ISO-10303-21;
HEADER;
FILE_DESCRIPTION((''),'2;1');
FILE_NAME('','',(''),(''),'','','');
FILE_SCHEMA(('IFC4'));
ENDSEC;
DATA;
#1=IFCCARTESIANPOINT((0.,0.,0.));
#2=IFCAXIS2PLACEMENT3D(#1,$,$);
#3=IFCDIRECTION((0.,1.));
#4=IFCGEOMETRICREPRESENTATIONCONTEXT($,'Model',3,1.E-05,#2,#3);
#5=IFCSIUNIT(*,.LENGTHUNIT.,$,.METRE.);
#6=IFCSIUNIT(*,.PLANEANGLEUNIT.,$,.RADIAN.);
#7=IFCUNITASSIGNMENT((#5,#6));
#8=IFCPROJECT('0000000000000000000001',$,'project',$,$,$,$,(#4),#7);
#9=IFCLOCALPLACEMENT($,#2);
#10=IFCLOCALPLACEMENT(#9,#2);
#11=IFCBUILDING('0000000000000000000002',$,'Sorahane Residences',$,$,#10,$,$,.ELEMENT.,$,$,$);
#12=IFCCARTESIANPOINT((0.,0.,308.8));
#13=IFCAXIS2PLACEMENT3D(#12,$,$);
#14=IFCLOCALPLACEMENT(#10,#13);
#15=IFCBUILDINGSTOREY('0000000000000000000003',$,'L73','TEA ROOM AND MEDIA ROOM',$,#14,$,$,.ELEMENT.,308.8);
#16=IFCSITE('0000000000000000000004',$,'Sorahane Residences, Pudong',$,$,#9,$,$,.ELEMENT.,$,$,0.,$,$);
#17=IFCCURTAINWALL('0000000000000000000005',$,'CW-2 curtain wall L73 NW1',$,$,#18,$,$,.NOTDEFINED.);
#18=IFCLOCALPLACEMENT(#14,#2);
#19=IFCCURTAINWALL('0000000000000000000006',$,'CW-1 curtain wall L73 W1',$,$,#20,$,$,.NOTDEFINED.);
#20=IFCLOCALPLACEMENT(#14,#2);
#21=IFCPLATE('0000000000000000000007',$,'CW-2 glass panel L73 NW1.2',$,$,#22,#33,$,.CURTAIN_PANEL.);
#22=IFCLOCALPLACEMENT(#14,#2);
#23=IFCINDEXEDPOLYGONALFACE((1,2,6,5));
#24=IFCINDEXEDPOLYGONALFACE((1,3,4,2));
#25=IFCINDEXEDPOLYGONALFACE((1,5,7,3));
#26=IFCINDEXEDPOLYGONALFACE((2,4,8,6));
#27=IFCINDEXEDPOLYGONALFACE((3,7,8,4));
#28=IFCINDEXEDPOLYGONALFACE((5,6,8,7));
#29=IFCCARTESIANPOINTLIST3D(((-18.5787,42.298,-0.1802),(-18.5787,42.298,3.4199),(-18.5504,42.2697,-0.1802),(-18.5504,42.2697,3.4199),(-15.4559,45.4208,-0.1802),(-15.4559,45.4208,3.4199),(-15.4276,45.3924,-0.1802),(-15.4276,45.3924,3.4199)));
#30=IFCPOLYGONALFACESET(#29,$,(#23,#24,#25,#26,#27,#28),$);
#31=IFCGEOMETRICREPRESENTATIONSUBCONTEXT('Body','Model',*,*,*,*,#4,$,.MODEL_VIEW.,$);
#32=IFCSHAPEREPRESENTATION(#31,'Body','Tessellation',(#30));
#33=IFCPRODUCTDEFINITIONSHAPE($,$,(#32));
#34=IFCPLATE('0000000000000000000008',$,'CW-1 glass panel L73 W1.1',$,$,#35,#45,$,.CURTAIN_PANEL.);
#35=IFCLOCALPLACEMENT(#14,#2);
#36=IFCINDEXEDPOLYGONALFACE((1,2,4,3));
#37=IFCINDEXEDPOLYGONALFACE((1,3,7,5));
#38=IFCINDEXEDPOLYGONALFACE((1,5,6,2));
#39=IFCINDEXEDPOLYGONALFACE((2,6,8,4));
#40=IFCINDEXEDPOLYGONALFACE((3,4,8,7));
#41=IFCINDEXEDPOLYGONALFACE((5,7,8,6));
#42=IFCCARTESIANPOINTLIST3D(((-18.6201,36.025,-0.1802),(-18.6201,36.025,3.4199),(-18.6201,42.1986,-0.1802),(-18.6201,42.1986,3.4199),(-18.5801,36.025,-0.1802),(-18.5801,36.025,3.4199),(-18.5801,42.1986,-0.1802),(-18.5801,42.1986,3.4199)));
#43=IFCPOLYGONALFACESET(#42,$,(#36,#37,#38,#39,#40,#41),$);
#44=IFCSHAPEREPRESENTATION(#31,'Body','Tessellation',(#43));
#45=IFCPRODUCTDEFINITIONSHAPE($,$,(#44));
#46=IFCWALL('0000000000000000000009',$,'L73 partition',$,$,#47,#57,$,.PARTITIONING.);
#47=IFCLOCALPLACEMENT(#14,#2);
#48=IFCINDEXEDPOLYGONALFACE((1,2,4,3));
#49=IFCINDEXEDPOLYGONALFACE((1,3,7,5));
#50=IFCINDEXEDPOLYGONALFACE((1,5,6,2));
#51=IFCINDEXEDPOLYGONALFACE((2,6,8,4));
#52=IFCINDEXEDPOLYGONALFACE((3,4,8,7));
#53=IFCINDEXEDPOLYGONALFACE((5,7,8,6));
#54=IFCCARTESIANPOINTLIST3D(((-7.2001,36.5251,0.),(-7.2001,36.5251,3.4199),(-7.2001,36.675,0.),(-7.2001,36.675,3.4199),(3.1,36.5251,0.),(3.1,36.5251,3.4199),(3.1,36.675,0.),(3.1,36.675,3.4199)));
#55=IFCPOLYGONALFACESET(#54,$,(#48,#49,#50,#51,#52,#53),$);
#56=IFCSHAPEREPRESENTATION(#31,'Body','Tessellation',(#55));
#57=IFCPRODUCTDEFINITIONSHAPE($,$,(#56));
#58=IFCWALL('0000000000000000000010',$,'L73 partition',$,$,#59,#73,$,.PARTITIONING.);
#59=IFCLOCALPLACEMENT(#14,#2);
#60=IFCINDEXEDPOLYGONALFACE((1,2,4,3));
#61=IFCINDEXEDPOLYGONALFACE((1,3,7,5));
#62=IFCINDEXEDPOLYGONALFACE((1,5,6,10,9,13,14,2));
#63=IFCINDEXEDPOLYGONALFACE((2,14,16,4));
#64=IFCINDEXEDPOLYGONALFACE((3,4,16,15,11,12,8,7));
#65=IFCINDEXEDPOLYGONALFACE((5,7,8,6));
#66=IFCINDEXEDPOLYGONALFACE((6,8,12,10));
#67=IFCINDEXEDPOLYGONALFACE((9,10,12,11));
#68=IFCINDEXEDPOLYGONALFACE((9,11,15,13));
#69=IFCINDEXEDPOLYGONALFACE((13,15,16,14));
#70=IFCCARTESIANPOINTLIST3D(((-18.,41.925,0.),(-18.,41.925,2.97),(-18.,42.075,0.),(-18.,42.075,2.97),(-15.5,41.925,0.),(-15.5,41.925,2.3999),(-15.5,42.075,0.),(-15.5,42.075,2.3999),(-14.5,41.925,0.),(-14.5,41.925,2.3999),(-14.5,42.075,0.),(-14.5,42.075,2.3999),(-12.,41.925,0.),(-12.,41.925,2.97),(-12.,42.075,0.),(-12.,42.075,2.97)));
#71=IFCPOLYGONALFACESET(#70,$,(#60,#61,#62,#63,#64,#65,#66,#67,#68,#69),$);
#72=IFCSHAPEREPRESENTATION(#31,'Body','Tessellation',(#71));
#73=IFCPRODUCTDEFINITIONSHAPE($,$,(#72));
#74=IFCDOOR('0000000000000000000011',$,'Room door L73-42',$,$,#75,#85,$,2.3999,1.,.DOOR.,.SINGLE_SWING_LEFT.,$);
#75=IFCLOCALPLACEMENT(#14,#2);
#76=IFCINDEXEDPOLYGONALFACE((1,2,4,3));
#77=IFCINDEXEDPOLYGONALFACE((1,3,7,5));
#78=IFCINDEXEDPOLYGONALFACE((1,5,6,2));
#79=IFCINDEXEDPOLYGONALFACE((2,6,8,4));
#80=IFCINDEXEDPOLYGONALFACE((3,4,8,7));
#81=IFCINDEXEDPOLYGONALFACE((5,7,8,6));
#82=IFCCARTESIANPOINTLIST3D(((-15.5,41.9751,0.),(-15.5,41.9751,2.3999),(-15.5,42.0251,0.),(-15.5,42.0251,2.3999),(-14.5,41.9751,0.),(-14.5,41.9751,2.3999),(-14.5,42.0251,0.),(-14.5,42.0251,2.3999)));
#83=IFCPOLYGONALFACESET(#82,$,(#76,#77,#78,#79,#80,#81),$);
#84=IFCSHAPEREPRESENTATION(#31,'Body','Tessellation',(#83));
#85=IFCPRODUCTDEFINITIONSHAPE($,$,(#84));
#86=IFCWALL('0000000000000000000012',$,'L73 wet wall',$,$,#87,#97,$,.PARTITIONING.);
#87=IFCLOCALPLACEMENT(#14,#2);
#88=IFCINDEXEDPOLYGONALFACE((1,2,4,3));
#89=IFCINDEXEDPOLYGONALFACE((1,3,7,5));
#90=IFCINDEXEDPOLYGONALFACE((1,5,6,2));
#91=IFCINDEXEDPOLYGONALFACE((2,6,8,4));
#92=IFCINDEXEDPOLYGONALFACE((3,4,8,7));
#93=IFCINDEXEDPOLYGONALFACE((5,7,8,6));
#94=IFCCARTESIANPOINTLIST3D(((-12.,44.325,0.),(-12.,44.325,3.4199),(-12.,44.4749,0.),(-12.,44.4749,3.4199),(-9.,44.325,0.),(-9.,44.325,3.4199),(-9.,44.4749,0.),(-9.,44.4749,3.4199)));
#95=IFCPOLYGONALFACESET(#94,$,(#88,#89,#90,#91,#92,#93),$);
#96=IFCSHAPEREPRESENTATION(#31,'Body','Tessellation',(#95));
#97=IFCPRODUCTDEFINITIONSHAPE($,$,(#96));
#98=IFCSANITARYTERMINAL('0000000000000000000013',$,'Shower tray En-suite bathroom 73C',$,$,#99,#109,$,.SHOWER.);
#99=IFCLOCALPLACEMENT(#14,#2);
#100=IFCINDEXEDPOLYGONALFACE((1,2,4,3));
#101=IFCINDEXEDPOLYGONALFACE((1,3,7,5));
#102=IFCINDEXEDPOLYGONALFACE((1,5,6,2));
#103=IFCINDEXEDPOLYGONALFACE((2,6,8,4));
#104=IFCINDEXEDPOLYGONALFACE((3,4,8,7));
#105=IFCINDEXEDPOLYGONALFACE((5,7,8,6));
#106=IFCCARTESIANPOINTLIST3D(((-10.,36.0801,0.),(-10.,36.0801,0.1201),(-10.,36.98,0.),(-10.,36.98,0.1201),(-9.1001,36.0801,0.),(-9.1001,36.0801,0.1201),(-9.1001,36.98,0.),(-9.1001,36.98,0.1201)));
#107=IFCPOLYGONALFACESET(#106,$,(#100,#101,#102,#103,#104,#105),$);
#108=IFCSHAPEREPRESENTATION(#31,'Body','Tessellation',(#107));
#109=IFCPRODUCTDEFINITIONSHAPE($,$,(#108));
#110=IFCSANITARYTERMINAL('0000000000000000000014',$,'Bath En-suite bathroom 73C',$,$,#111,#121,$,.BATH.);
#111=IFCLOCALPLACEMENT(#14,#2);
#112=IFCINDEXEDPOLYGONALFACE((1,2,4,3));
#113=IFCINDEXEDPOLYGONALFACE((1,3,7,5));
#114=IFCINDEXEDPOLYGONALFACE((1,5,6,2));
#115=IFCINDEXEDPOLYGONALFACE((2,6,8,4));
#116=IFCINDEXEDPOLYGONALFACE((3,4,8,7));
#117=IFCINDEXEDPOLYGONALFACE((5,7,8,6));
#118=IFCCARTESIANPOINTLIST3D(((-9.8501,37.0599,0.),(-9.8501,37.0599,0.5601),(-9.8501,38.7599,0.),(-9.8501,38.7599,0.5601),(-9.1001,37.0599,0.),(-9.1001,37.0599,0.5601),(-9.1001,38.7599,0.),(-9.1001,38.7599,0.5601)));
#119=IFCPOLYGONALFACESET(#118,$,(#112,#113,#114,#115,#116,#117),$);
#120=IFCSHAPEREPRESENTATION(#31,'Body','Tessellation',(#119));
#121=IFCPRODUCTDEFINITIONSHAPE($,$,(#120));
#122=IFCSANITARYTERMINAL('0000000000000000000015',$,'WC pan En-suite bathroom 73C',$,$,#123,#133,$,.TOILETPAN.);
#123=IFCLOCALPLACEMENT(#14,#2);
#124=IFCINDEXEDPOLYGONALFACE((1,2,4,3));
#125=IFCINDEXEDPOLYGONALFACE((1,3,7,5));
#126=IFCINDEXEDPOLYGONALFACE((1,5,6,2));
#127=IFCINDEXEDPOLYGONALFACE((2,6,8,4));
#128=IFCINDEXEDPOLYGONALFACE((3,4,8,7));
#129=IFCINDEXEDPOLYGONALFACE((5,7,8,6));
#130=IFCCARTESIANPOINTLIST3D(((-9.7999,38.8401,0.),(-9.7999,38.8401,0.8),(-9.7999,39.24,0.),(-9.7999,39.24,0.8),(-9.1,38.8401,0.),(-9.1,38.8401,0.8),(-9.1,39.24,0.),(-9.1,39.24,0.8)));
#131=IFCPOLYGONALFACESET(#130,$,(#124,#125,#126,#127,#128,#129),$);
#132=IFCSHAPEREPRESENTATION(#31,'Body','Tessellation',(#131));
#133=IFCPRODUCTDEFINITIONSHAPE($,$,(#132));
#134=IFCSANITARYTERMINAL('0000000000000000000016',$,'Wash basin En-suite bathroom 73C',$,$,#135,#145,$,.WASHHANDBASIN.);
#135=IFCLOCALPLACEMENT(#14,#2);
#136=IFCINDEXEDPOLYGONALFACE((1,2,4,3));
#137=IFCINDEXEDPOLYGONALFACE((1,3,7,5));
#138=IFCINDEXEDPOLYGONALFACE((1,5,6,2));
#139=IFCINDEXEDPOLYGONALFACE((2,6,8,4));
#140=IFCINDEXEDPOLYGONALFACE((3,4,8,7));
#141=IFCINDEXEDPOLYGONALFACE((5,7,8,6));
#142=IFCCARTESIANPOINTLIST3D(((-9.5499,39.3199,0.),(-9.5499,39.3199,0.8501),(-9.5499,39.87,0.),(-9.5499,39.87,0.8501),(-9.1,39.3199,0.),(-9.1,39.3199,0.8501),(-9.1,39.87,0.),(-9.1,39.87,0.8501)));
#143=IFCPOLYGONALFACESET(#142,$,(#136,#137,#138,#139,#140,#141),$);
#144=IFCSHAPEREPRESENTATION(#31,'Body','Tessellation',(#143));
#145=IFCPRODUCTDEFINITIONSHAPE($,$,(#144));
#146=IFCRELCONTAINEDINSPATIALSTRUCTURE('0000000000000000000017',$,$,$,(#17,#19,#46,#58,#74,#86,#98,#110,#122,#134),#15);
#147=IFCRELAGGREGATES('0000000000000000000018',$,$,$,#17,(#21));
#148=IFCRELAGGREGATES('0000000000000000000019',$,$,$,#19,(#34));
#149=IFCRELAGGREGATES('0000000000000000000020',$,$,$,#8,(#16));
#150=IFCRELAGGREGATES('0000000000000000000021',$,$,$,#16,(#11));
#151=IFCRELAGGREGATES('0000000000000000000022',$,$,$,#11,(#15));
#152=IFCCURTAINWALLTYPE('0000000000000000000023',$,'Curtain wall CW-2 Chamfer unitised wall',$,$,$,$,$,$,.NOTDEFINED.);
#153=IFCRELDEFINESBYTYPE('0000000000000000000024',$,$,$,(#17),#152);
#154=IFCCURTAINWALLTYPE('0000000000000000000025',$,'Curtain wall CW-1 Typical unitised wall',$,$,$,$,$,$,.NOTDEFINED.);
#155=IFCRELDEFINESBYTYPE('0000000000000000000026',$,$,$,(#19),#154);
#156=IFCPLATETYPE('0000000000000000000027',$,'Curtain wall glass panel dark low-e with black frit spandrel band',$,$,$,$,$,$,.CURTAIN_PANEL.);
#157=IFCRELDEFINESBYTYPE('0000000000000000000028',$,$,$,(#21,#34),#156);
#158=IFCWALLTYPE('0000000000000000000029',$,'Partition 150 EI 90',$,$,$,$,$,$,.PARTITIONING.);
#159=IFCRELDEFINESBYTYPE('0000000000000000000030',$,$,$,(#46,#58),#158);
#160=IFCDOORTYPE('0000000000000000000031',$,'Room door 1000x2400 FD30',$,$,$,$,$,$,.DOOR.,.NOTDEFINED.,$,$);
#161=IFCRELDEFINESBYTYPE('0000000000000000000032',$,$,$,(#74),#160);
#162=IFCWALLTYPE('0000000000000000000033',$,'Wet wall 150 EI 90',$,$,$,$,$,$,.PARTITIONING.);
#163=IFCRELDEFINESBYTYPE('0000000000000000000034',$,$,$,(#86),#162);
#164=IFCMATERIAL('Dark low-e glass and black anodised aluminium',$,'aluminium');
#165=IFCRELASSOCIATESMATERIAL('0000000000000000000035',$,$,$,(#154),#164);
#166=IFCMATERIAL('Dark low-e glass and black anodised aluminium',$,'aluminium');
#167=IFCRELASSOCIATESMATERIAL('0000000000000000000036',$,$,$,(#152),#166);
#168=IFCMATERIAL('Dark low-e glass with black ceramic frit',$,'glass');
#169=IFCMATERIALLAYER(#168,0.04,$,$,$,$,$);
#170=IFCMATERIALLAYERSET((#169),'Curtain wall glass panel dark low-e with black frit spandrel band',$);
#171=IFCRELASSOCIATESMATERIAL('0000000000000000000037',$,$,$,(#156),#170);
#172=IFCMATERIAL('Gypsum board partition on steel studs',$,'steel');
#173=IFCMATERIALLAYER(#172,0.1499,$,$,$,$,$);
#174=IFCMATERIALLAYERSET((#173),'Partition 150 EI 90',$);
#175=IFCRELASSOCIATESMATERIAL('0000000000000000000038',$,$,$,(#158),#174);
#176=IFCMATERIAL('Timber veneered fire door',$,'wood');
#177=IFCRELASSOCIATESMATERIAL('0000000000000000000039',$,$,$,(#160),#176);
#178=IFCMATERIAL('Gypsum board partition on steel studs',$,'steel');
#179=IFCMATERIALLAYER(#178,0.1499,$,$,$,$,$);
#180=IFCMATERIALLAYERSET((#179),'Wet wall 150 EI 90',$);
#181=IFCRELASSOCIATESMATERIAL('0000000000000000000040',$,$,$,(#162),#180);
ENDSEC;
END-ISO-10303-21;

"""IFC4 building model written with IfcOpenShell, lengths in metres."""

from ifc_helpers import new_model, si_unit, direction, frame, frame_2d, origin, origin_2d, place, context, subcontext, project, spatial, rectangle, extrude, material, layer, layer_set, type_object, element, fill, aggregate, save


model = new_model("IFC4")

# Units and contexts
model_context = context("Model", 3, precision=1e-05, world=origin(), true_north=direction((0.0, 1.0)))
body_context = subcontext(model_context, "Body", "Model", "MODEL_VIEW")
ifc_project = project(units=[si_unit("LENGTHUNIT", "METRE"), si_unit("PLANEANGLEUNIT", "RADIAN")], contexts=[model_context])

# Site, building, storey
site_placement = place(None, origin())
site = spatial("IfcSite", under=ifc_project, at=site_placement, Name="Sorahane Residences, Pudong", CompositionType="ELEMENT", RefElevation=0.0)
building_placement = place(site_placement, origin())
building = spatial("IfcBuilding", under=site, at=building_placement, Name="Sorahane Residences", CompositionType="ELEMENT")
storey_placement = place(building_placement, frame((0.0, 0.0, 308.8)))
storey = spatial("IfcBuildingStorey", under=building, at=storey_placement, Name="L73", Description="TEA ROOM AND MEDIA ROOM", CompositionType="ELEMENT", Elevation=308.8)

# Curtain wall
ifc_material_1 = material(Name="Dark low-e glass and black anodised aluminium", Category="aluminium")
curtain_wall_type_1 = type_object("IfcCurtainWallType", Name="Curtain wall CW-1 Typical unitised wall", PredefinedType="NOTDEFINED", material=ifc_material_1)
ifc_material_2 = material(Name="Dark low-e glass and black anodised aluminium", Category="aluminium")
curtain_wall_type_2 = type_object("IfcCurtainWallType", Name="Curtain wall CW-2 Chamfer unitised wall", PredefinedType="NOTDEFINED", material=ifc_material_2)
curtain_wall_1_placement = place(storey_placement, origin())
curtain_wall_1 = element("IfcCurtainWall", 1, at=curtain_wall_1_placement, inside=storey, type_object=curtain_wall_type_2, Name="CW-2 curtain wall L73 NW1", PredefinedType="NOTDEFINED")

# Curtain wall
curtain_wall_2_placement = place(storey_placement, origin())
curtain_wall_2 = element("IfcCurtainWall", 2, at=curtain_wall_2_placement, inside=storey, type_object=curtain_wall_type_1, Name="CW-1 curtain wall L73 W1", PredefinedType="NOTDEFINED")

# Plates
ifc_material_3 = material(Name="Dark low-e glass with black ceramic frit", Category="glass")
ifc_layer_1 = layer(ifc_material_3, 0.04)
ifc_layer_set_1 = layer_set([ifc_layer_1], Name="Curtain wall glass panel dark low-e with black frit spandrel band")
plate_type = type_object("IfcPlateType", Name="Curtain wall glass panel dark low-e with black frit spandrel band", PredefinedType="CURTAIN_PANEL", material=ifc_layer_set_1)
plate_1_placement = place(storey_placement, frame((-17.0032, 43.8452, -0.1802), z_axis=(0.0, 0.0, 1.0), x_axis=(-0.707107, -0.707107, 0.0)))
plate_1 = element("IfcPlate", 3, at=plate_1_placement, type_object=plate_type, Name="CW-2 glass panel L73 NW1.2", PredefinedType="CURTAIN_PANEL", context=body_context, shape_type="SweptSolid", body=[
    extrude(rectangle(XDim=4.4163, YDim=0.04, at=origin_2d()), origin(), (0.0, 0.0, 1.0), 3.6001),
])
aggregate(curtain_wall_1, [plate_1])
plate_2_placement = place(storey_placement, frame((-18.6001, 39.1118, -0.1802), z_axis=(0.0, 0.0, 1.0), x_axis=(0.0, -1.0, 0.0)))
plate_2 = element("IfcPlate", 4, at=plate_2_placement, type_object=plate_type, Name="CW-1 glass panel L73 W1.1", PredefinedType="CURTAIN_PANEL", context=body_context, shape_type="SweptSolid", body=[
    extrude(rectangle(XDim=6.1736, YDim=0.04, at=origin_2d()), origin(), (0.0, 0.0, 1.0), 3.6001),
])
aggregate(curtain_wall_2, [plate_2])

# Shared definitions
ifc_material_4 = material(Name="Gypsum board partition on steel studs", Category="steel")
ifc_layer_2 = layer(ifc_material_4, 0.1499)
ifc_layer_set_2 = layer_set([ifc_layer_2], Name="Partition 150 EI 90")
wall_type_1 = type_object("IfcWallType", Name="Partition 150 EI 90", PredefinedType="PARTITIONING", material=ifc_layer_set_2)
ifc_material_5 = material(Name="Timber veneered fire door", Category="wood")
door_type = type_object("IfcDoorType", Name="Room door 1000x2400 FD30", OperationType="NOTDEFINED", PredefinedType="DOOR", material=ifc_material_5)

# Wall
wall_1_placement = place(storey_placement, frame((-7.2, 36.6001, 0.0), z_axis=(0.0, 0.0, 1.0), x_axis=(1.0, 0.0, 0.0)))
element("IfcWall", 5, at=wall_1_placement, inside=storey, type_object=wall_type_1, Name="L73 partition", PredefinedType="PARTITIONING", context=body_context, shape_type="SweptSolid", body=[
    extrude(rectangle(XDim=10.3, YDim=0.1499, at=frame_2d((5.1499, 0.0))), origin(), (0.0, 0.0, 1.0), 3.4199),
])

# Wall, opening, door
wall_2_placement = place(storey_placement, frame((-18.0, 42.0, 0.0), z_axis=(0.0, 0.0, 1.0), x_axis=(1.0, 0.0, 0.0)))
wall_2 = element("IfcWall", 6, at=wall_2_placement, inside=storey, type_object=wall_type_1, Name="L73 partition", PredefinedType="PARTITIONING", context=body_context, shape_type="SweptSolid", body=[
    extrude(rectangle(XDim=6.0, YDim=0.1499, at=frame_2d((3.0, 0.0))), origin(), (0.0, 0.0, 1.0), 2.97),
])
opening_1_placement = place(wall_2_placement, frame((2.5, 0.0, 0.0)))
opening_1 = element("IfcOpeningElement", 7, at=opening_1_placement, cuts=wall_2, PredefinedType="OPENING", context=body_context, shape_type="SweptSolid", body=[
    extrude(rectangle(XDim=1.0, YDim=2.3999, at=frame_2d((0.5, 1.2))), frame((0.0, 0.085, 0.0), z_axis=(0.0, -1.0, 0.0), x_axis=(1.0, 0.0, 0.0)), (0.0, 0.0, 1.0), 0.1699),
])
door_1_placement = place(opening_1_placement, frame((1.0, 0.0, 0.0), z_axis=(0.0, 0.0, 1.0), x_axis=(-1.0, 0.0, 0.0)))
door_1 = element("IfcDoor", 8, at=door_1_placement, inside=storey, type_object=door_type, Name="Room door L73-42", OperationType="SINGLE_SWING_LEFT", OverallHeight=2.3999, OverallWidth=1.0, PredefinedType="DOOR", context=body_context, shape_type="SweptSolid", body=[
    extrude(rectangle(XDim=1.0, YDim=2.3999, at=frame_2d((0.5, 1.2))), frame((0.0, 0.0249, 0.0), z_axis=(0.0, -1.0, 0.0), x_axis=(1.0, 0.0, 0.0)), (0.0, 0.0, 1.0), 0.05),
])
fill(opening_1, door_1)

# Wall
ifc_material_6 = material(Name="Gypsum board partition on steel studs", Category="steel")
ifc_layer_3 = layer(ifc_material_6, 0.1499)
ifc_layer_set_3 = layer_set([ifc_layer_3], Name="Wet wall 150 EI 90")
wall_type_2 = type_object("IfcWallType", Name="Wet wall 150 EI 90", PredefinedType="PARTITIONING", material=ifc_layer_set_3)
wall_3_placement = place(storey_placement, frame((-12.0, 44.3999, 0.0), z_axis=(0.0, 0.0, 1.0), x_axis=(1.0, 0.0, 0.0)))
element("IfcWall", 9, at=wall_3_placement, inside=storey, type_object=wall_type_2, Name="L73 wet wall", PredefinedType="PARTITIONING", context=body_context, shape_type="SweptSolid", body=[
    extrude(rectangle(XDim=3.0, YDim=0.1499, at=frame_2d((1.5, 0.0))), origin(), (0.0, 0.0, 1.0), 3.4199),
])

# Sanitary terminals
sanitary_terminal_1_placement = place(storey_placement, frame((-9.55, 36.53, 0.0), z_axis=(0.0, 0.0, 1.0), x_axis=(0.0, -1.0, 0.0)))
element("IfcSanitaryTerminal", 10, at=sanitary_terminal_1_placement, inside=storey, Name="Shower tray En-suite bathroom 73C", PredefinedType="SHOWER", context=body_context, shape_type="SweptSolid", body=[
    extrude(rectangle(XDim=0.8999, YDim=0.8999, at=origin_2d()), origin(), (0.0, 0.0, 1.0), 0.1201),
])
sanitary_terminal_2_placement = place(storey_placement, frame((-9.4751, 37.9099, 0.0), z_axis=(0.0, 0.0, 1.0), x_axis=(0.0, -1.0, 0.0)))
element("IfcSanitaryTerminal", 11, at=sanitary_terminal_2_placement, inside=storey, Name="Bath En-suite bathroom 73C", PredefinedType="BATH", context=body_context, shape_type="SweptSolid", body=[
    extrude(rectangle(XDim=1.7, YDim=0.75, at=origin_2d()), origin(), (0.0, 0.0, 1.0), 0.5601),
])
sanitary_terminal_3_placement = place(storey_placement, frame((-9.45, 39.04, 0.0), z_axis=(0.0, 0.0, 1.0), x_axis=(0.0, -1.0, 0.0)))
element("IfcSanitaryTerminal", 12, at=sanitary_terminal_3_placement, inside=storey, Name="WC pan En-suite bathroom 73C", PredefinedType="TOILETPAN", context=body_context, shape_type="SweptSolid", body=[
    extrude(rectangle(XDim=0.3999, YDim=0.7, at=origin_2d()), origin(), (0.0, 0.0, 1.0), 0.8),
])
sanitary_terminal_4_placement = place(storey_placement, frame((-9.325, 39.595, 0.0), z_axis=(0.0, 0.0, 1.0), x_axis=(0.0, -1.0, 0.0)))
element("IfcSanitaryTerminal", 13, at=sanitary_terminal_4_placement, inside=storey, Name="Wash basin En-suite bathroom 73C", PredefinedType="WASHHANDBASIN", context=body_context, shape_type="SweptSolid", body=[
    extrude(rectangle(XDim=0.55, YDim=0.45, at=origin_2d()), origin(), (0.0, 0.0, 1.0), 0.8501),
])

save(model, "model.ifc")
